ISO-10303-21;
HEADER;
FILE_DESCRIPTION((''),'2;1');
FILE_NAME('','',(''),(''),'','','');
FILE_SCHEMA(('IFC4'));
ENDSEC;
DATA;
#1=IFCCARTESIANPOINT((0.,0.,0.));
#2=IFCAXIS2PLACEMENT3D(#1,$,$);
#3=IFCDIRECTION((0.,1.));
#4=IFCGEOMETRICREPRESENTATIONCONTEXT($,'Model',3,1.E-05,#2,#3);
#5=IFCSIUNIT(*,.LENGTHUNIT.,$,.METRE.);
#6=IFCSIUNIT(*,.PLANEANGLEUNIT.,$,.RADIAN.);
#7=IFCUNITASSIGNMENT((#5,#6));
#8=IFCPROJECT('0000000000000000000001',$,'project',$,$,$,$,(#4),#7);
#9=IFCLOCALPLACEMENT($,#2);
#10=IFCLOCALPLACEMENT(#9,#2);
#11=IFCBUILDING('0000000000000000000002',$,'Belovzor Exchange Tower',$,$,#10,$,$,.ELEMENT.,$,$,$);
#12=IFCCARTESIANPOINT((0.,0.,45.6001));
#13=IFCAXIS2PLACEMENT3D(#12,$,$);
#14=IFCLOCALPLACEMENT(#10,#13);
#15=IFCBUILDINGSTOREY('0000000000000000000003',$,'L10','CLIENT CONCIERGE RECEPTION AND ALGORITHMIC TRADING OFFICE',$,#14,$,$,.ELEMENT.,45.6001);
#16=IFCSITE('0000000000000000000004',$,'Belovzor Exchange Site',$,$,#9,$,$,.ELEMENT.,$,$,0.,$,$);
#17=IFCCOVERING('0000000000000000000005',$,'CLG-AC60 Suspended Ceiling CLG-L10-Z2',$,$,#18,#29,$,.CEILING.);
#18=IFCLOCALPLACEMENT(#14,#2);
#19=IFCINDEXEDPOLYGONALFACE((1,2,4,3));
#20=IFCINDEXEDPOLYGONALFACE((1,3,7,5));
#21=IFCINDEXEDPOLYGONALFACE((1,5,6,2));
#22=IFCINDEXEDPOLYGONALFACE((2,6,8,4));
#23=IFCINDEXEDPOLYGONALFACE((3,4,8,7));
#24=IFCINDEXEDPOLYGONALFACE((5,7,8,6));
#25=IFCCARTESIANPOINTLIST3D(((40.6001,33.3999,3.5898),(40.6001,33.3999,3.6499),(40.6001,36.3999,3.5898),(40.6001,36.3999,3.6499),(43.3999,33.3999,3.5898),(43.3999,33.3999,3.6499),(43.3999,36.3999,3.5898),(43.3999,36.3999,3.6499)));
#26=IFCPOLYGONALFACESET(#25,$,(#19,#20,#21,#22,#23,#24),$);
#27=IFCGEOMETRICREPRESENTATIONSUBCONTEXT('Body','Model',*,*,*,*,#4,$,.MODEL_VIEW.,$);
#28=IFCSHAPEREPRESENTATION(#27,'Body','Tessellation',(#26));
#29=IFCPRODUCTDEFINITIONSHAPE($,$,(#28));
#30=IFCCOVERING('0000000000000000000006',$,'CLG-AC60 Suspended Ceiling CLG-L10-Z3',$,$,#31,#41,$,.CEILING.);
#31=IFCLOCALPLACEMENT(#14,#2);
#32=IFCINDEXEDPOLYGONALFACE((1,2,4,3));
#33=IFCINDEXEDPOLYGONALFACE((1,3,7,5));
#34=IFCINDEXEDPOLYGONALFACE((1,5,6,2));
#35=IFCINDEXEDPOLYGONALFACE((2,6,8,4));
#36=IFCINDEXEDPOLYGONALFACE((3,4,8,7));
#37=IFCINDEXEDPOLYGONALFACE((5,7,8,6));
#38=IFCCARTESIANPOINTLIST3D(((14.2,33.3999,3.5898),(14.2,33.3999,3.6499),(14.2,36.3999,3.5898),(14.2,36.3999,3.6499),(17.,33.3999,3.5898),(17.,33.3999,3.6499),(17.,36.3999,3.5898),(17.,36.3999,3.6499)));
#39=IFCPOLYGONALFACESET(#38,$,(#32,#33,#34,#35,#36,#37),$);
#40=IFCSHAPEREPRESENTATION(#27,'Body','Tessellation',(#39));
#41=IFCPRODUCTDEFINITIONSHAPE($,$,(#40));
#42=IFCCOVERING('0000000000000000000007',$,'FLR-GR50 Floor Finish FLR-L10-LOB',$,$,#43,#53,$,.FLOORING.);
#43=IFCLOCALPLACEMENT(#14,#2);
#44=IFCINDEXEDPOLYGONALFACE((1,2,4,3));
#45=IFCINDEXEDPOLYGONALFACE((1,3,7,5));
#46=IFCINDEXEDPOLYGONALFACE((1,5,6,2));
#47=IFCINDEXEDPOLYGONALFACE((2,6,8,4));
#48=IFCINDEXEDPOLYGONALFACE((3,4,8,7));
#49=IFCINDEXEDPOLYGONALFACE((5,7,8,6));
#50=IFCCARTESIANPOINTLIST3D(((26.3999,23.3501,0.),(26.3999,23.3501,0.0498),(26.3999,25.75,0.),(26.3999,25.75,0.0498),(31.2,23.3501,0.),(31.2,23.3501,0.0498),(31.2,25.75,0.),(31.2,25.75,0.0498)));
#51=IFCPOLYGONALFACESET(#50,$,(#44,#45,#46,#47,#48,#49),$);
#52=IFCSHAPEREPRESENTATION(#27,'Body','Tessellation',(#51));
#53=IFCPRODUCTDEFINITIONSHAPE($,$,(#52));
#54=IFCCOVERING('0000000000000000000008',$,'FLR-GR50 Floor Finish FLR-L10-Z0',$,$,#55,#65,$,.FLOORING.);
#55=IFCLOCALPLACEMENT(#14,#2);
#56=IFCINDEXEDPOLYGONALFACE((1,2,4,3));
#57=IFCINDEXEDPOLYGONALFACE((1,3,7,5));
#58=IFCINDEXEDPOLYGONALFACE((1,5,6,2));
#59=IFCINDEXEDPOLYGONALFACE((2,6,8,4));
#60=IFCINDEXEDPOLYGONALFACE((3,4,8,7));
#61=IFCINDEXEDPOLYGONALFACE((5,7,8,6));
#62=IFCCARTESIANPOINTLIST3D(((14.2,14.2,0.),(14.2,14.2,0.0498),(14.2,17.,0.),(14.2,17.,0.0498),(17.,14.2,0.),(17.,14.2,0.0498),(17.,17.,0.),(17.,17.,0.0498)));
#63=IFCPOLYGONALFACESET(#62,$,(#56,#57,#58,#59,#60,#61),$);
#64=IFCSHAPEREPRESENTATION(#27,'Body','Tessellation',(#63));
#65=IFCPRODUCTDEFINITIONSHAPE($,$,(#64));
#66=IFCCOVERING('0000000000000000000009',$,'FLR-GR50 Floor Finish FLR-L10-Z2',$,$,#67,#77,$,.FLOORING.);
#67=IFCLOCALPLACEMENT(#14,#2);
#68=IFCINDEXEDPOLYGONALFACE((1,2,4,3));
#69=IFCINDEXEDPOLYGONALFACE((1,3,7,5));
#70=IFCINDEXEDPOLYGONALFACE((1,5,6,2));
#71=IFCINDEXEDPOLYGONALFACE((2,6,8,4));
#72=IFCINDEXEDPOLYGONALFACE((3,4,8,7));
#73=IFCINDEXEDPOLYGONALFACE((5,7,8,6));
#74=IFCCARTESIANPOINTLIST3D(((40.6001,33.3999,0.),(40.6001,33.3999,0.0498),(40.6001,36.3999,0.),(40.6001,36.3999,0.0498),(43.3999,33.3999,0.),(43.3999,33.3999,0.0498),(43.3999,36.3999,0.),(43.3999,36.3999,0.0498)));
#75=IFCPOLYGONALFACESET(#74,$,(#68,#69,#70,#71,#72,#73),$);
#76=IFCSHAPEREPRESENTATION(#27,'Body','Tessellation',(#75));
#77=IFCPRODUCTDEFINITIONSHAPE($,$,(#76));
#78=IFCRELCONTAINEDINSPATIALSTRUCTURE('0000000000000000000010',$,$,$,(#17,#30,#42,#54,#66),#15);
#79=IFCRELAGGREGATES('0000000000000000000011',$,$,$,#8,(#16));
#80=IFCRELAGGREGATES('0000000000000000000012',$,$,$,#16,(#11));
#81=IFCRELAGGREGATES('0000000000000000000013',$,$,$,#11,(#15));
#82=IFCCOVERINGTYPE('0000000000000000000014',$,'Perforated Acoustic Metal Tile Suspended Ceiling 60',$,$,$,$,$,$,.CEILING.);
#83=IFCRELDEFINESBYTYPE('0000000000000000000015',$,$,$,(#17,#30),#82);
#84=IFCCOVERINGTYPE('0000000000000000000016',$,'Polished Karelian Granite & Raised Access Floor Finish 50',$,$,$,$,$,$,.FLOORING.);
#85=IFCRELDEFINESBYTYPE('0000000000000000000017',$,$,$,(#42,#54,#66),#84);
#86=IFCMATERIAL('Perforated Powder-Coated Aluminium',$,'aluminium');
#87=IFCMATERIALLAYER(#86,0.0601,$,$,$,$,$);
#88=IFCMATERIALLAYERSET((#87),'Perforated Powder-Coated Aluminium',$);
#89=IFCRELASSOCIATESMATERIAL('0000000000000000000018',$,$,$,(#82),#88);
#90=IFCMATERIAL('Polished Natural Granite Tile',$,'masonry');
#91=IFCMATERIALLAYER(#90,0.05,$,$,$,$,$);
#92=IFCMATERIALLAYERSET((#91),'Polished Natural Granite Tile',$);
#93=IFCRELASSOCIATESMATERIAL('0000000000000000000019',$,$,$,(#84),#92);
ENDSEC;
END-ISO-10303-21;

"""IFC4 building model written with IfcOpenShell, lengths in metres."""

from ifc_helpers import new_model, si_unit, direction, frame, origin, place, context, subcontext, project, spatial, polyline, outline, extrude, material, layer, layer_set, type_object, element, save


model = new_model("IFC4")

# Units and contexts
model_context = context("Model", 3, precision=1e-05, world=origin(), true_north=direction((0.0, 1.0)))
body_context = subcontext(model_context, "Body", "Model", "MODEL_VIEW")
ifc_project = project(units=[si_unit("LENGTHUNIT", "METRE"), si_unit("PLANEANGLEUNIT", "RADIAN")], contexts=[model_context])

# Site, building, storey
site_placement = place(None, origin())
site = spatial("IfcSite", under=ifc_project, at=site_placement, Name="Belovzor Exchange Site", CompositionType="ELEMENT", RefElevation=0.0)
building_placement = place(site_placement, origin())
building = spatial("IfcBuilding", under=site, at=building_placement, Name="Belovzor Exchange Tower", CompositionType="ELEMENT")
storey_placement = place(building_placement, frame((0.0, 0.0, 45.6001)))
storey = spatial("IfcBuildingStorey", under=building, at=storey_placement, Name="L10", Description="CLIENT CONCIERGE RECEPTION AND ALGORITHMIC TRADING OFFICE", CompositionType="ELEMENT", Elevation=45.6001)

# Coverings
ifc_material_1 = material(Name="Perforated Powder-Coated Aluminium", Category="aluminium")
ifc_layer_1 = layer(ifc_material_1, 0.0601)
ifc_layer_set_1 = layer_set([ifc_layer_1], Name="Perforated Powder-Coated Aluminium")
covering_type_1 = type_object("IfcCoveringType", Name="Perforated Acoustic Metal Tile Suspended Ceiling 60", PredefinedType="CEILING", material=ifc_layer_set_1)
covering_1_placement = place(storey_placement, frame((0.0, 0.0, 3.5898)))
element("IfcCovering", 1, at=covering_1_placement, inside=storey, type_object=covering_type_1, Name="CLG-AC60 Suspended Ceiling CLG-L10-Z2", PredefinedType="CEILING", context=body_context, shape_type="SweptSolid", body=[
    extrude(outline(polyline([(40.6001, 33.3999), (43.3999, 33.3999), (43.3999, 36.3999), (40.6001, 36.3999), (40.6001, 33.3999)])), origin(), (0.0, 0.0, 1.0), 0.0601),
])
covering_2_placement = place(storey_placement, frame((0.0, 0.0, 3.5898)))
element("IfcCovering", 2, at=covering_2_placement, inside=storey, type_object=covering_type_1, Name="CLG-AC60 Suspended Ceiling CLG-L10-Z3", PredefinedType="CEILING", context=body_context, shape_type="SweptSolid", body=[
    extrude(outline(polyline([(14.2, 33.3999), (17.0, 33.3999), (17.0, 36.3999), (14.2, 36.3999), (14.2, 33.3999)])), origin(), (0.0, 0.0, 1.0), 0.0601),
])
ifc_material_2 = material(Name="Polished Natural Granite Tile", Category="masonry")
ifc_layer_2 = layer(ifc_material_2, 0.05)
ifc_layer_set_2 = layer_set([ifc_layer_2], Name="Polished Natural Granite Tile")
covering_type_2 = type_object("IfcCoveringType", Name="Polished Karelian Granite & Raised Access Floor Finish 50", PredefinedType="FLOORING", material=ifc_layer_set_2)
covering_3_placement = place(storey_placement, origin())
element("IfcCovering", 3, at=covering_3_placement, inside=storey, type_object=covering_type_2, Name="FLR-GR50 Floor Finish FLR-L10-LOB", PredefinedType="FLOORING", context=body_context, shape_type="SweptSolid", body=[
    extrude(outline(polyline([(26.3999, 23.3501), (31.2, 23.3501), (31.2, 25.75), (26.3999, 25.75), (26.3999, 23.3501)])), origin(), (0.0, 0.0, 1.0), 0.0498),
])
covering_4_placement = place(storey_placement, origin())
element("IfcCovering", 4, at=covering_4_placement, inside=storey, type_object=covering_type_2, Name="FLR-GR50 Floor Finish FLR-L10-Z0", PredefinedType="FLOORING", context=body_context, shape_type="SweptSolid", body=[
    extrude(outline(polyline([(14.2, 14.2), (17.0, 14.2), (17.0, 17.0), (14.2, 17.0), (14.2, 14.2)])), origin(), (0.0, 0.0, 1.0), 0.0498),
])
covering_5_placement = place(storey_placement, origin())
element("IfcCovering", 5, at=covering_5_placement, inside=storey, type_object=covering_type_2, Name="FLR-GR50 Floor Finish FLR-L10-Z2", PredefinedType="FLOORING", context=body_context, shape_type="SweptSolid", body=[
    extrude(outline(polyline([(40.6001, 33.3999), (43.3999, 33.3999), (43.3999, 36.3999), (40.6001, 36.3999), (40.6001, 33.3999)])), origin(), (0.0, 0.0, 1.0), 0.0498),
])

save(model, "model.ifc")
